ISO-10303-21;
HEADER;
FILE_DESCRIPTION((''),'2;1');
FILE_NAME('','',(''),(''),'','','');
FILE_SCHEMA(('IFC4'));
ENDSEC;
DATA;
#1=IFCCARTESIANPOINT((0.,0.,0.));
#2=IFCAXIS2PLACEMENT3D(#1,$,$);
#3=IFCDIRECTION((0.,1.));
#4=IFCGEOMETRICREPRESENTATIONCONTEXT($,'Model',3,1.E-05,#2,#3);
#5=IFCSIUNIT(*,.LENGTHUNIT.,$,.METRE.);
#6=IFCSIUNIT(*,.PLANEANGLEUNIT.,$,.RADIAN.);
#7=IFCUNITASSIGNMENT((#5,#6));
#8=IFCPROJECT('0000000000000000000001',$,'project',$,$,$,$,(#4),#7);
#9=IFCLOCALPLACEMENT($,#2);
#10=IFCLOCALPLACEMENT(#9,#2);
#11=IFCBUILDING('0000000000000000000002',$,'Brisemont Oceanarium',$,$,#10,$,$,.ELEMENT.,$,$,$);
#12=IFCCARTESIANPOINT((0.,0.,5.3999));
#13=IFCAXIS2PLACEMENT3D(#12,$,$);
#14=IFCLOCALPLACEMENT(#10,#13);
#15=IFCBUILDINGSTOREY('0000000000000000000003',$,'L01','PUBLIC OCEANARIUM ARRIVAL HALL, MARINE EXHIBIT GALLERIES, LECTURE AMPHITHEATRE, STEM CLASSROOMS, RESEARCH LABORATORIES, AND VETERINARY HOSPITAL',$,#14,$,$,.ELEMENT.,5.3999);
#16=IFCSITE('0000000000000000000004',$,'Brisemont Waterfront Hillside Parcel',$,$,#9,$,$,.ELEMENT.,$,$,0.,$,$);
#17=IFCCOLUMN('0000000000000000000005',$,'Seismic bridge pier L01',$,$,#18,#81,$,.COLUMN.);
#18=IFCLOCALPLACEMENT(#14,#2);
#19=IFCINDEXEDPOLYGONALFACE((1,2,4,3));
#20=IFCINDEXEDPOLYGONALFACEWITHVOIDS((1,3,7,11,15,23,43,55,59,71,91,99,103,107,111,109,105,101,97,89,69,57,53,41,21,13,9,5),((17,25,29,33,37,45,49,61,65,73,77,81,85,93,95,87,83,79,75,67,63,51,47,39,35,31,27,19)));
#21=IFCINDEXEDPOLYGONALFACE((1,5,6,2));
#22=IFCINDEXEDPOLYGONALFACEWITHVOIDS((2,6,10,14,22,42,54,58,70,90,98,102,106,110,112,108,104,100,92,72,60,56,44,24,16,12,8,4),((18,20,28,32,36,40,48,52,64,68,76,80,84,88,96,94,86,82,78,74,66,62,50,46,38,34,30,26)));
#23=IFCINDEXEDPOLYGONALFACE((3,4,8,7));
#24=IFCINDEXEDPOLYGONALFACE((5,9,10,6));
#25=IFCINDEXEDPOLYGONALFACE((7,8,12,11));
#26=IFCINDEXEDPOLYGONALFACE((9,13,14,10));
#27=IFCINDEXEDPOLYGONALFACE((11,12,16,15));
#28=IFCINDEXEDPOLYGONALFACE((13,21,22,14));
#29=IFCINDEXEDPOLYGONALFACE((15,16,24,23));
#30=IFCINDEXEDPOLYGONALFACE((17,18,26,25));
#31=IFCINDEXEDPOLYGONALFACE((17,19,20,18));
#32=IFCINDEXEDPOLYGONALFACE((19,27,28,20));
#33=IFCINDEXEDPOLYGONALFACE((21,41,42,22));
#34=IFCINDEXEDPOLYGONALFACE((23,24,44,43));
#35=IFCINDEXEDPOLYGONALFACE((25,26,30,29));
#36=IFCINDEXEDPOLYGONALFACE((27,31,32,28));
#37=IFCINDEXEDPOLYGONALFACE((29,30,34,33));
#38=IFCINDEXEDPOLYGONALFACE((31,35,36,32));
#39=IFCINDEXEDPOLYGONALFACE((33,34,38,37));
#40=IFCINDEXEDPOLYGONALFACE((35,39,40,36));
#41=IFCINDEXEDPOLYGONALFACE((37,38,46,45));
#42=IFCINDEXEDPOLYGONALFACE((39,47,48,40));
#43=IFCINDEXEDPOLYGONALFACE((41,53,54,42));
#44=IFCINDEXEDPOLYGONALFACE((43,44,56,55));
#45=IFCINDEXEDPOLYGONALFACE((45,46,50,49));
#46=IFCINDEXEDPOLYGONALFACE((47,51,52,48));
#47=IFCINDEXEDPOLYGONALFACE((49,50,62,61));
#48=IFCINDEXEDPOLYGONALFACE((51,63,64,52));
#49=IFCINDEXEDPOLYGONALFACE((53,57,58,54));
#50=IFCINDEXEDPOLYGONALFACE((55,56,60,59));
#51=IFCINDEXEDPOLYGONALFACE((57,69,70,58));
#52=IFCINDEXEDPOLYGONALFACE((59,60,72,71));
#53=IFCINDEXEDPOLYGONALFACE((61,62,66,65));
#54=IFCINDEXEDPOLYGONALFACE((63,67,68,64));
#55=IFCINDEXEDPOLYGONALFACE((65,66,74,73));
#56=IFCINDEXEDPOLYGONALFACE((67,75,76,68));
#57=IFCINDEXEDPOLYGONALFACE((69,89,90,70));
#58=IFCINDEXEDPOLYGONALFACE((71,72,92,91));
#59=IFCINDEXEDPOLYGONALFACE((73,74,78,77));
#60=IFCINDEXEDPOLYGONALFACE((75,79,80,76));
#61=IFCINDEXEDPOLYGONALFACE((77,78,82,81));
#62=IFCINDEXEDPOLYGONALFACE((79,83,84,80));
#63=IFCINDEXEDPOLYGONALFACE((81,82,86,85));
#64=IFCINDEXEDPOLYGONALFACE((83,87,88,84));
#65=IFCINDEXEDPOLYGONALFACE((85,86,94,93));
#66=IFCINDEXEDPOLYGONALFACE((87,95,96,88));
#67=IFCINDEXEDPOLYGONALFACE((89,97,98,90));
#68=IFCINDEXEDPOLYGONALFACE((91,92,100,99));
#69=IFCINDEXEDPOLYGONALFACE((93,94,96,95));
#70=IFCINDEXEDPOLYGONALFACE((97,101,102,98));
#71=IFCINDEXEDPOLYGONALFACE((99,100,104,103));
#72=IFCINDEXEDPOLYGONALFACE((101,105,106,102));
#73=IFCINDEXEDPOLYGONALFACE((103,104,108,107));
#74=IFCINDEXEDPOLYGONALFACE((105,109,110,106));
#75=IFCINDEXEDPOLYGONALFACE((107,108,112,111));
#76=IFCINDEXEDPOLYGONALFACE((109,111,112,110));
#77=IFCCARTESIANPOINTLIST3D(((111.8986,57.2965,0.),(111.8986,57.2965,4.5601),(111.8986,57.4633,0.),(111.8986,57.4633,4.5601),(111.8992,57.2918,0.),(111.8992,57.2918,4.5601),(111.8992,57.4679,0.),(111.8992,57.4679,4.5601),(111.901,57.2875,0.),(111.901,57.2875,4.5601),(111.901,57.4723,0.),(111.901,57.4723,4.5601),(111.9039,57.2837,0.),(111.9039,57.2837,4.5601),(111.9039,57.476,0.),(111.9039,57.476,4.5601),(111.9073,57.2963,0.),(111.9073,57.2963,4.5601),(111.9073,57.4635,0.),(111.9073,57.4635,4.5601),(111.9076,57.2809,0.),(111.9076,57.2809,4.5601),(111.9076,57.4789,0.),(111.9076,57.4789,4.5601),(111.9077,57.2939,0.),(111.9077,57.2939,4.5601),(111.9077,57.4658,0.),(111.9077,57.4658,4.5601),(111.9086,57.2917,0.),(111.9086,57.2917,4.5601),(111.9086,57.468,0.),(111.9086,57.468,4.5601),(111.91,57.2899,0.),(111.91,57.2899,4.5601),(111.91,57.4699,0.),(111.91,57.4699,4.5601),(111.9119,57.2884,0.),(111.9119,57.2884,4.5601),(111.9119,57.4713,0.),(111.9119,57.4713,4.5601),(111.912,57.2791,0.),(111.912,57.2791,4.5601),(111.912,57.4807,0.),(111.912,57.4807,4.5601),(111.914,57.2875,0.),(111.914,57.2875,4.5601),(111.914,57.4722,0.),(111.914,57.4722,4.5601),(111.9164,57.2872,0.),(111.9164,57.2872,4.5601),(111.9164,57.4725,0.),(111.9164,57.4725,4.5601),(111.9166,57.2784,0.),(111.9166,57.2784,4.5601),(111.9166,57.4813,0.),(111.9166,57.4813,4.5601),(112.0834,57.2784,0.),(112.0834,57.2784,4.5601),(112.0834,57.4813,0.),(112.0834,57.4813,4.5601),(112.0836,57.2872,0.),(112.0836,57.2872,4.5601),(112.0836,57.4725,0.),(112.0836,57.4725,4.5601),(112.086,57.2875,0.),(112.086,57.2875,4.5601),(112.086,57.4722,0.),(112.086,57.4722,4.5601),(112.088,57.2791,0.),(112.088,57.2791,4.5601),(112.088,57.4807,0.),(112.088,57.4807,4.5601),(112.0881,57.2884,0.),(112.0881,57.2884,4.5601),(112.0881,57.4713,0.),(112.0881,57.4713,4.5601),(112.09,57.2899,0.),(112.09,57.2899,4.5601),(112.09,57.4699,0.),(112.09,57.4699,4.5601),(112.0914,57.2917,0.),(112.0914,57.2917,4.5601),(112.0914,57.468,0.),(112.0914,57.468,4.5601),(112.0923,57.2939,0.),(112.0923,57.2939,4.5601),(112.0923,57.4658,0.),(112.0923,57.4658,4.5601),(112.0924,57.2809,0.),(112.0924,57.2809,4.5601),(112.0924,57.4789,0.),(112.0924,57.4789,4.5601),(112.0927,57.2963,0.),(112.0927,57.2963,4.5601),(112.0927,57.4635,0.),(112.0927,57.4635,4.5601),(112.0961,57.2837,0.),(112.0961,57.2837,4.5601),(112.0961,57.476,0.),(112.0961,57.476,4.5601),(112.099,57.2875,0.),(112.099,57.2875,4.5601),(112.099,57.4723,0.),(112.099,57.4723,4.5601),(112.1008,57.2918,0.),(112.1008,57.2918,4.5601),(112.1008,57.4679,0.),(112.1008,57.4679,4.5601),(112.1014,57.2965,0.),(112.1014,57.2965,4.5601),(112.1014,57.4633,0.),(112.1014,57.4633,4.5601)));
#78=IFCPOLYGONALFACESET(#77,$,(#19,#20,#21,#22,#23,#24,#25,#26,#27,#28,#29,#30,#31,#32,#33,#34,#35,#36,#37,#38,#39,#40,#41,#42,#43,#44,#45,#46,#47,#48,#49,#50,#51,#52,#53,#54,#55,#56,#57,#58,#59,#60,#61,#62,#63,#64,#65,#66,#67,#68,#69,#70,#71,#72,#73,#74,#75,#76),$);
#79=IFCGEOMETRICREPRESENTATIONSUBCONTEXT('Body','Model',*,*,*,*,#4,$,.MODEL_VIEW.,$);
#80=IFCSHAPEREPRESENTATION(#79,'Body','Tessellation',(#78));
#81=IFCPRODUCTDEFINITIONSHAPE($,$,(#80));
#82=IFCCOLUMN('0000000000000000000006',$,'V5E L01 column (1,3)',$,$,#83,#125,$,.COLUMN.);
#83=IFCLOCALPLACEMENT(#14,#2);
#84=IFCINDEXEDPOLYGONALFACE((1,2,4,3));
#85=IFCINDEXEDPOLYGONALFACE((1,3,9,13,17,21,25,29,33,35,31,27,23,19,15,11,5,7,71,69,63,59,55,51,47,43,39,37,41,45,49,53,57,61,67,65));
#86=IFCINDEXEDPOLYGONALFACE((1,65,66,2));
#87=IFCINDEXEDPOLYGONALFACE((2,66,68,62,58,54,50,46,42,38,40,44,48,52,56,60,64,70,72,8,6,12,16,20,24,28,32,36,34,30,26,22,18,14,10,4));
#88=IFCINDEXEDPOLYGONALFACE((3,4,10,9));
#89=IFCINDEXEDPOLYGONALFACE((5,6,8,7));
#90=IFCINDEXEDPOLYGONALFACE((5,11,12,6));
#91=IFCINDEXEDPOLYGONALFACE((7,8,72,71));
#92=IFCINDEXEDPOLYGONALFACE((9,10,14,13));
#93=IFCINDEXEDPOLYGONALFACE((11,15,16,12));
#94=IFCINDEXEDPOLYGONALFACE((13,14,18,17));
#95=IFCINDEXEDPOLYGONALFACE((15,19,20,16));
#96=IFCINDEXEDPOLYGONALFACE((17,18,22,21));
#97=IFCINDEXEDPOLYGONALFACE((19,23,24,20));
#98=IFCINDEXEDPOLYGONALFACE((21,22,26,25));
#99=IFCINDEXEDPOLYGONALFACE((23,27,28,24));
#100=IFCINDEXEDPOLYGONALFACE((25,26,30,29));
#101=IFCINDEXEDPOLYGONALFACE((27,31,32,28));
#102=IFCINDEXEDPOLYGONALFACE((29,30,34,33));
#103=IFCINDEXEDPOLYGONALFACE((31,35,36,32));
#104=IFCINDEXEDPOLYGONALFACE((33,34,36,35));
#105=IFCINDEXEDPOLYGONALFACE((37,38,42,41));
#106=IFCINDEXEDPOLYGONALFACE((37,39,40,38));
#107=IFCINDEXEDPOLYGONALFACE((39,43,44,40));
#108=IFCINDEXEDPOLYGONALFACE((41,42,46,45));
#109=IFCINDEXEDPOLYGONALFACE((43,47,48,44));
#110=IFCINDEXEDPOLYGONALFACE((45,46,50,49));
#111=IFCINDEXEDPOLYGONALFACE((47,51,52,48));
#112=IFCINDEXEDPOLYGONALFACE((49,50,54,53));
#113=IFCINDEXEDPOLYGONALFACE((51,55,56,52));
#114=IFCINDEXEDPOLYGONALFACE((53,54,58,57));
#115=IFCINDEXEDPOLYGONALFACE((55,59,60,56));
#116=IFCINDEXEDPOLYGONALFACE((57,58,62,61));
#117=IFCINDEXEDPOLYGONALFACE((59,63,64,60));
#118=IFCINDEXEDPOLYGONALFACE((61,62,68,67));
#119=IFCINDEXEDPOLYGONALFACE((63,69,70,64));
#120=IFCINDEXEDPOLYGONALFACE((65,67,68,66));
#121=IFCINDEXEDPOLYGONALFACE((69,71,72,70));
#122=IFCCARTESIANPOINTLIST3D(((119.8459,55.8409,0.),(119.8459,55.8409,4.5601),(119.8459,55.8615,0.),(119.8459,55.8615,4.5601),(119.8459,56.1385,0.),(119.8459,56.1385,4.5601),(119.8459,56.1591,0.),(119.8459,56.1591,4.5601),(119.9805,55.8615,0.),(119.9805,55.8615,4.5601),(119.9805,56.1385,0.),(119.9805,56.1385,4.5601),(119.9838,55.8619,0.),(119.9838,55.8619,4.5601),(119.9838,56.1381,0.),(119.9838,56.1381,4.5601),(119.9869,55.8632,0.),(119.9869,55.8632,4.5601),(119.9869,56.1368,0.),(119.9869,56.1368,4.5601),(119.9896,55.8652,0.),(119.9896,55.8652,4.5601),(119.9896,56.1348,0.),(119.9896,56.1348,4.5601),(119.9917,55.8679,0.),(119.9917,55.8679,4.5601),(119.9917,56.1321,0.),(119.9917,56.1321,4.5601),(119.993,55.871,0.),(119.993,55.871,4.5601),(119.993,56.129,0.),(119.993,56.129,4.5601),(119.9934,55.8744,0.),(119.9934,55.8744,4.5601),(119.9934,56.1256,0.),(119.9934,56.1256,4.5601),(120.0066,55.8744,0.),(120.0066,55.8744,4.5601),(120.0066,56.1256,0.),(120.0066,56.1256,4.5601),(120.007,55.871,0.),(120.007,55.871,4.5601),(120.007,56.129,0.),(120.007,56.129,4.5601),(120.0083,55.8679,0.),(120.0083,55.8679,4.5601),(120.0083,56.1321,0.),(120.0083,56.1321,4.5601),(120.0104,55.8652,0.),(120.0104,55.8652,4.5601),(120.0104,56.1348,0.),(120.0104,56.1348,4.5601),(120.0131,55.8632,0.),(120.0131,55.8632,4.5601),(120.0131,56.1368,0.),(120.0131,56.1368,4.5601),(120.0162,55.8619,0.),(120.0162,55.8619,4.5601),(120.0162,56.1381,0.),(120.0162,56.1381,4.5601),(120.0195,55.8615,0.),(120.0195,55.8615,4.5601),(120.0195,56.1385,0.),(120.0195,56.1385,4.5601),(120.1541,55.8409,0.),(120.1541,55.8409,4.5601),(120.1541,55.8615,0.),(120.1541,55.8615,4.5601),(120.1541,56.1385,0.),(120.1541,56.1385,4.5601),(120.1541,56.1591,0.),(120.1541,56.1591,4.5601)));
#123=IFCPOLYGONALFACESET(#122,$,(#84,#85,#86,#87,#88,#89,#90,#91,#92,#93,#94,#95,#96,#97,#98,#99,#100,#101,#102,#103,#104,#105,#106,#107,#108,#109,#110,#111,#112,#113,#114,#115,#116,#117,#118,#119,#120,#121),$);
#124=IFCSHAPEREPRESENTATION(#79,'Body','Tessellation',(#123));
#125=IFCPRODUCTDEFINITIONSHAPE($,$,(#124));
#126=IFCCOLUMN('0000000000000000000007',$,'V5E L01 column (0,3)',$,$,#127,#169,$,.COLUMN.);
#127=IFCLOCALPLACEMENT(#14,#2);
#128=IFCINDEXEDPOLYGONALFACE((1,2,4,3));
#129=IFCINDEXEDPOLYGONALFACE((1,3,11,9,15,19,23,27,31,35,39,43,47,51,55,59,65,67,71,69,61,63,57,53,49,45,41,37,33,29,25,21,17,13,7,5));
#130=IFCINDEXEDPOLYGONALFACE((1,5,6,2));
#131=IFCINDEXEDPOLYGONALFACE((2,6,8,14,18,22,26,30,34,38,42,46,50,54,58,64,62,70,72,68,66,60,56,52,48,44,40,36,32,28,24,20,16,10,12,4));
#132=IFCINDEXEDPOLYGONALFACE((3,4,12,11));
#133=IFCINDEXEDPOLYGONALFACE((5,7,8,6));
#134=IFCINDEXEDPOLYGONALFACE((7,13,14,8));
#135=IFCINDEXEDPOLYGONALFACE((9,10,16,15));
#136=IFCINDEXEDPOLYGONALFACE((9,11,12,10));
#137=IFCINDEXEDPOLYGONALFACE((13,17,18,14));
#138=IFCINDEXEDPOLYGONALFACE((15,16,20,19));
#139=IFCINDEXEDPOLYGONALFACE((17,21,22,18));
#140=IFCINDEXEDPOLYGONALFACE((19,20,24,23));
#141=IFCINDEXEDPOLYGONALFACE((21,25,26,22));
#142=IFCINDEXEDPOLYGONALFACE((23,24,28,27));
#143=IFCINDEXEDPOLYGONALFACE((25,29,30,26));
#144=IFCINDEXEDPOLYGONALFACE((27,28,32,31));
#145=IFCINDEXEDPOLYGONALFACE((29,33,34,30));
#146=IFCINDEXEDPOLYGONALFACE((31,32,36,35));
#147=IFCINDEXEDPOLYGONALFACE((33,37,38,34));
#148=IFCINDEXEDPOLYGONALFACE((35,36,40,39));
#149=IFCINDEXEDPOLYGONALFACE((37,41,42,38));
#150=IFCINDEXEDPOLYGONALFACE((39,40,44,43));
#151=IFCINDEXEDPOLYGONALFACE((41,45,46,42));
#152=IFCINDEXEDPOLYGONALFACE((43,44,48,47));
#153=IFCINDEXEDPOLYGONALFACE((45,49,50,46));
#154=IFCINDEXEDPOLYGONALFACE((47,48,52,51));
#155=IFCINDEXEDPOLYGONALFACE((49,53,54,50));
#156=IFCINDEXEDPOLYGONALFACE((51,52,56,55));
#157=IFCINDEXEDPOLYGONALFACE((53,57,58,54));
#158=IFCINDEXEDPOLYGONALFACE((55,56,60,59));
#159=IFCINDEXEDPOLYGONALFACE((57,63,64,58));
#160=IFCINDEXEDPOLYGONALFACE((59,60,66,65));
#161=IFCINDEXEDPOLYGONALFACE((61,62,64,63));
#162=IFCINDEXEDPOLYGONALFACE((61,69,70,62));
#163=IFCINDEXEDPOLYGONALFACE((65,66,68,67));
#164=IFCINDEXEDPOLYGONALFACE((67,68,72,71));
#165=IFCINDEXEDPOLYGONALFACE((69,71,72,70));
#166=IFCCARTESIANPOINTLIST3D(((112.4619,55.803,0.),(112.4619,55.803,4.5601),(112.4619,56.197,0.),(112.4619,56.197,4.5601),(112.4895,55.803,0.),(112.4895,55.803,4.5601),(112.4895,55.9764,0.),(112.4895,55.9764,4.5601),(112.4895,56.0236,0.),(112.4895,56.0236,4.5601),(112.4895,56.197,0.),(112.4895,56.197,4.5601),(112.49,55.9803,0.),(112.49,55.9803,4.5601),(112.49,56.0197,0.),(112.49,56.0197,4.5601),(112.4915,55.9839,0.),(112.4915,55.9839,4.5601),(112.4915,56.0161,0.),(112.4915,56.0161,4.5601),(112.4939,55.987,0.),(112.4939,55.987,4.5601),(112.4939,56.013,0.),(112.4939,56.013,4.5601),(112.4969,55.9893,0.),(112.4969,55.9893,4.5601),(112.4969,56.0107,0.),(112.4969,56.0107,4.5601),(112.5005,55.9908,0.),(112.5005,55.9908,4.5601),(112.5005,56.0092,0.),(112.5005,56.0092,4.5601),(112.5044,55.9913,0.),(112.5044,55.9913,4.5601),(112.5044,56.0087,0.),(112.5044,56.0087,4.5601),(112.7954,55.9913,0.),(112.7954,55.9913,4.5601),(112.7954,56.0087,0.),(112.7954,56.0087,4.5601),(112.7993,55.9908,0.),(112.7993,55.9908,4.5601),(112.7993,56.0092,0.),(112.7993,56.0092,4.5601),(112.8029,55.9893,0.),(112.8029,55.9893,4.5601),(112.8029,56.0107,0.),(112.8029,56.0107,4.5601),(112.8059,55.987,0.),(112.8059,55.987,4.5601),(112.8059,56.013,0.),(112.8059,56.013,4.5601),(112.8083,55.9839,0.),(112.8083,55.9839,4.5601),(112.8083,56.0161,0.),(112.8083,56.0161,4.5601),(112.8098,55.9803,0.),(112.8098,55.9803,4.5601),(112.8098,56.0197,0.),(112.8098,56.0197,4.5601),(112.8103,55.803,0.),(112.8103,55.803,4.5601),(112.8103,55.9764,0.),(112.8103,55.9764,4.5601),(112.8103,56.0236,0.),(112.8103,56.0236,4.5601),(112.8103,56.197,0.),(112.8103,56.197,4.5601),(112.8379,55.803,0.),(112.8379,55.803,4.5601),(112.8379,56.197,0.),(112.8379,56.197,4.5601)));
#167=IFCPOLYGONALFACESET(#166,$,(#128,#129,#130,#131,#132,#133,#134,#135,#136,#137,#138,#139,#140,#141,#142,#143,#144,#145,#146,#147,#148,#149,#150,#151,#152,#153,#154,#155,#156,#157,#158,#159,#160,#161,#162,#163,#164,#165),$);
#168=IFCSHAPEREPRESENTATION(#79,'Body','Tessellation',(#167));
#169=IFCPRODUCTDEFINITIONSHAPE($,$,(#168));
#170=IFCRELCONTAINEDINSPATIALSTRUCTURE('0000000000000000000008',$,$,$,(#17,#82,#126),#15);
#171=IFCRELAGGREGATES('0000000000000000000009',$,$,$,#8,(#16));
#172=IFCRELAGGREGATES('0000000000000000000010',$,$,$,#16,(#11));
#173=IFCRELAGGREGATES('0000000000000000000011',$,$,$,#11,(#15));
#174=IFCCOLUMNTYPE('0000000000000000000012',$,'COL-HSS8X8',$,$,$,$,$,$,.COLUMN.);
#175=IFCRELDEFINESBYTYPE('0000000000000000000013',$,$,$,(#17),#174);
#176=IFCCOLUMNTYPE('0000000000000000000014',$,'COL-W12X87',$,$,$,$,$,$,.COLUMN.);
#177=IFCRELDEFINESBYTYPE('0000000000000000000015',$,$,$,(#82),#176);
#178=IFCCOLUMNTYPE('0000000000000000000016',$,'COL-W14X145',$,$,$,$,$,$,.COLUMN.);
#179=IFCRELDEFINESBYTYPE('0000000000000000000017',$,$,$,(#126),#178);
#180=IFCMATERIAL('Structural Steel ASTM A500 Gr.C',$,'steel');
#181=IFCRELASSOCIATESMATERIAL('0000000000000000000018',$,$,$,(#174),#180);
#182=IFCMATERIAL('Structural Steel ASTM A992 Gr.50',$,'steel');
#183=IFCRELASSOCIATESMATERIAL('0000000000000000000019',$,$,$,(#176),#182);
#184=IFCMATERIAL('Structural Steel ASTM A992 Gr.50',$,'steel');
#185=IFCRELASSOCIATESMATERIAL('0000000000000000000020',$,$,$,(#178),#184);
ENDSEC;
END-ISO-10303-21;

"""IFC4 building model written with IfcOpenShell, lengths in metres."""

from ifc_helpers import new_model, si_unit, direction, frame, origin, origin_2d, place, context, subcontext, project, spatial, hollow_rectangle, i_section, extrude, material, material_profile, profile_set, type_object, element, save


model = new_model("IFC4")

# Units and contexts
model_context = context("Model", 3, precision=1e-05, world=origin(), true_north=direction((0.0, 1.0)))
body_context = subcontext(model_context, "Body", "Model", "MODEL_VIEW")
ifc_project = project(units=[si_unit("LENGTHUNIT", "METRE"), si_unit("PLANEANGLEUNIT", "RADIAN")], contexts=[model_context])

# Site, building, storey
site_placement = place(None, origin())
site = spatial("IfcSite", under=ifc_project, at=site_placement, Name="Brisemont Waterfront Hillside Parcel", CompositionType="ELEMENT", RefElevation=0.0)
building_placement = place(site_placement, origin())
building = spatial("IfcBuilding", under=site, at=building_placement, Name="Brisemont Oceanarium", CompositionType="ELEMENT")
storey_placement = place(building_placement, frame((0.0, 0.0, 5.3999)))
storey = spatial("IfcBuildingStorey", under=building, at=storey_placement, Name="L01", Description="PUBLIC OCEANARIUM ARRIVAL HALL, MARINE EXHIBIT GALLERIES, LECTURE AMPHITHEATRE, STEM CLASSROOMS, RESEARCH LABORATORIES, AND VETERINARY HOSPITAL", CompositionType="ELEMENT", Elevation=5.3999)

# Columns
ifc_material_1 = material(Name="Structural Steel ASTM A500 Gr.C", Category="steel")
ifc_material_profile_1 = material_profile(ifc_material_1, hollow_rectangle(XDim=0.2029, YDim=0.2029, WallThickness=0.0088, InnerFilletRadius=0.009, OuterFilletRadius=0.0181, at=origin_2d()), Name="HSS8X8X3/8")
ifc_profile_set_1 = profile_set([ifc_material_profile_1], Name="Structural Steel ASTM A500 Gr.C")
column_type_1 = type_object("IfcColumnType", Name="COL-HSS8X8", PredefinedType="COLUMN", material=ifc_profile_set_1)
for number, where, z_axis, x_axis, name in (
    (1, (112.0, 57.3799, 0.0), (0.0, 0.0, 1.0), (1.0, 0.0, 0.0), "Seismic bridge pier L01"),
):
    element("IfcColumn", number, at=place(storey_placement, frame(where, z_axis=z_axis, x_axis=x_axis)), inside=storey, type_object=column_type_1, Name=name, PredefinedType="COLUMN", context=body_context, shape_type="SweptSolid", body=[
        extrude(hollow_rectangle(XDim=0.2029, YDim=0.2029, WallThickness=0.0088, InnerFilletRadius=0.009, OuterFilletRadius=0.0181, at=origin_2d()), origin(), (0.0, 0.0, 1.0), 4.5601),
    ])
ifc_material_2 = material(Name="Structural Steel ASTM A992 Gr.50", Category="steel")
ifc_material_profile_2 = material_profile(ifc_material_2, i_section(OverallWidth=0.3081, OverallDepth=0.3181, WebThickness=0.0132, FlangeThickness=0.0205, FilletRadius=0.0129, at=origin_2d()), Name="W12X87")
ifc_profile_set_2 = profile_set([ifc_material_profile_2], Name="Structural Steel ASTM A992 Gr.50")
column_type_2 = type_object("IfcColumnType", Name="COL-W12X87", PredefinedType="COLUMN", material=ifc_profile_set_2)
column_1_placement = place(storey_placement, frame((120.0, 56.0, 0.0), z_axis=(0.0, 0.0, 1.0), x_axis=(1.0, 0.0, 0.0)))
element("IfcColumn", 2, at=column_1_placement, inside=storey, type_object=column_type_2, Name="V5E L01 column (1,3)", PredefinedType="COLUMN", context=body_context, shape_type="SweptSolid", body=[
    extrude(i_section(OverallWidth=0.3081, OverallDepth=0.3181, WebThickness=0.0132, FlangeThickness=0.0205, FilletRadius=0.0129, at=origin_2d()), origin(), (0.0, 0.0, 1.0), 4.5601),
])
ifc_material_3 = material(Name="Structural Steel ASTM A992 Gr.50", Category="steel")
ifc_material_profile_3 = material_profile(ifc_material_3, i_section(OverallWidth=0.394, OverallDepth=0.376, WebThickness=0.0173, FlangeThickness=0.0276, FilletRadius=0.0149, at=origin_2d()), Name="W14X145")
ifc_profile_set_3 = profile_set([ifc_material_profile_3], Name="Structural Steel ASTM A992 Gr.50")
column_type_3 = type_object("IfcColumnType", Name="COL-W14X145", PredefinedType="COLUMN", material=ifc_profile_set_3)
column_2_placement = place(storey_placement, frame((112.6499, 56.0, 0.0), z_axis=(0.0, 0.0, 1.0), x_axis=(0.0, 1.0, 0.0)))
element("IfcColumn", 3, at=column_2_placement, inside=storey, type_object=column_type_3, Name="V5E L01 column (0,3)", PredefinedType="COLUMN", context=body_context, shape_type="SweptSolid", body=[
    extrude(i_section(OverallWidth=0.394, OverallDepth=0.376, WebThickness=0.0173, FlangeThickness=0.0276, FilletRadius=0.0149, at=origin_2d()), origin(), (0.0, 0.0, 1.0), 4.5601),
])

save(model, "model.ifc")
